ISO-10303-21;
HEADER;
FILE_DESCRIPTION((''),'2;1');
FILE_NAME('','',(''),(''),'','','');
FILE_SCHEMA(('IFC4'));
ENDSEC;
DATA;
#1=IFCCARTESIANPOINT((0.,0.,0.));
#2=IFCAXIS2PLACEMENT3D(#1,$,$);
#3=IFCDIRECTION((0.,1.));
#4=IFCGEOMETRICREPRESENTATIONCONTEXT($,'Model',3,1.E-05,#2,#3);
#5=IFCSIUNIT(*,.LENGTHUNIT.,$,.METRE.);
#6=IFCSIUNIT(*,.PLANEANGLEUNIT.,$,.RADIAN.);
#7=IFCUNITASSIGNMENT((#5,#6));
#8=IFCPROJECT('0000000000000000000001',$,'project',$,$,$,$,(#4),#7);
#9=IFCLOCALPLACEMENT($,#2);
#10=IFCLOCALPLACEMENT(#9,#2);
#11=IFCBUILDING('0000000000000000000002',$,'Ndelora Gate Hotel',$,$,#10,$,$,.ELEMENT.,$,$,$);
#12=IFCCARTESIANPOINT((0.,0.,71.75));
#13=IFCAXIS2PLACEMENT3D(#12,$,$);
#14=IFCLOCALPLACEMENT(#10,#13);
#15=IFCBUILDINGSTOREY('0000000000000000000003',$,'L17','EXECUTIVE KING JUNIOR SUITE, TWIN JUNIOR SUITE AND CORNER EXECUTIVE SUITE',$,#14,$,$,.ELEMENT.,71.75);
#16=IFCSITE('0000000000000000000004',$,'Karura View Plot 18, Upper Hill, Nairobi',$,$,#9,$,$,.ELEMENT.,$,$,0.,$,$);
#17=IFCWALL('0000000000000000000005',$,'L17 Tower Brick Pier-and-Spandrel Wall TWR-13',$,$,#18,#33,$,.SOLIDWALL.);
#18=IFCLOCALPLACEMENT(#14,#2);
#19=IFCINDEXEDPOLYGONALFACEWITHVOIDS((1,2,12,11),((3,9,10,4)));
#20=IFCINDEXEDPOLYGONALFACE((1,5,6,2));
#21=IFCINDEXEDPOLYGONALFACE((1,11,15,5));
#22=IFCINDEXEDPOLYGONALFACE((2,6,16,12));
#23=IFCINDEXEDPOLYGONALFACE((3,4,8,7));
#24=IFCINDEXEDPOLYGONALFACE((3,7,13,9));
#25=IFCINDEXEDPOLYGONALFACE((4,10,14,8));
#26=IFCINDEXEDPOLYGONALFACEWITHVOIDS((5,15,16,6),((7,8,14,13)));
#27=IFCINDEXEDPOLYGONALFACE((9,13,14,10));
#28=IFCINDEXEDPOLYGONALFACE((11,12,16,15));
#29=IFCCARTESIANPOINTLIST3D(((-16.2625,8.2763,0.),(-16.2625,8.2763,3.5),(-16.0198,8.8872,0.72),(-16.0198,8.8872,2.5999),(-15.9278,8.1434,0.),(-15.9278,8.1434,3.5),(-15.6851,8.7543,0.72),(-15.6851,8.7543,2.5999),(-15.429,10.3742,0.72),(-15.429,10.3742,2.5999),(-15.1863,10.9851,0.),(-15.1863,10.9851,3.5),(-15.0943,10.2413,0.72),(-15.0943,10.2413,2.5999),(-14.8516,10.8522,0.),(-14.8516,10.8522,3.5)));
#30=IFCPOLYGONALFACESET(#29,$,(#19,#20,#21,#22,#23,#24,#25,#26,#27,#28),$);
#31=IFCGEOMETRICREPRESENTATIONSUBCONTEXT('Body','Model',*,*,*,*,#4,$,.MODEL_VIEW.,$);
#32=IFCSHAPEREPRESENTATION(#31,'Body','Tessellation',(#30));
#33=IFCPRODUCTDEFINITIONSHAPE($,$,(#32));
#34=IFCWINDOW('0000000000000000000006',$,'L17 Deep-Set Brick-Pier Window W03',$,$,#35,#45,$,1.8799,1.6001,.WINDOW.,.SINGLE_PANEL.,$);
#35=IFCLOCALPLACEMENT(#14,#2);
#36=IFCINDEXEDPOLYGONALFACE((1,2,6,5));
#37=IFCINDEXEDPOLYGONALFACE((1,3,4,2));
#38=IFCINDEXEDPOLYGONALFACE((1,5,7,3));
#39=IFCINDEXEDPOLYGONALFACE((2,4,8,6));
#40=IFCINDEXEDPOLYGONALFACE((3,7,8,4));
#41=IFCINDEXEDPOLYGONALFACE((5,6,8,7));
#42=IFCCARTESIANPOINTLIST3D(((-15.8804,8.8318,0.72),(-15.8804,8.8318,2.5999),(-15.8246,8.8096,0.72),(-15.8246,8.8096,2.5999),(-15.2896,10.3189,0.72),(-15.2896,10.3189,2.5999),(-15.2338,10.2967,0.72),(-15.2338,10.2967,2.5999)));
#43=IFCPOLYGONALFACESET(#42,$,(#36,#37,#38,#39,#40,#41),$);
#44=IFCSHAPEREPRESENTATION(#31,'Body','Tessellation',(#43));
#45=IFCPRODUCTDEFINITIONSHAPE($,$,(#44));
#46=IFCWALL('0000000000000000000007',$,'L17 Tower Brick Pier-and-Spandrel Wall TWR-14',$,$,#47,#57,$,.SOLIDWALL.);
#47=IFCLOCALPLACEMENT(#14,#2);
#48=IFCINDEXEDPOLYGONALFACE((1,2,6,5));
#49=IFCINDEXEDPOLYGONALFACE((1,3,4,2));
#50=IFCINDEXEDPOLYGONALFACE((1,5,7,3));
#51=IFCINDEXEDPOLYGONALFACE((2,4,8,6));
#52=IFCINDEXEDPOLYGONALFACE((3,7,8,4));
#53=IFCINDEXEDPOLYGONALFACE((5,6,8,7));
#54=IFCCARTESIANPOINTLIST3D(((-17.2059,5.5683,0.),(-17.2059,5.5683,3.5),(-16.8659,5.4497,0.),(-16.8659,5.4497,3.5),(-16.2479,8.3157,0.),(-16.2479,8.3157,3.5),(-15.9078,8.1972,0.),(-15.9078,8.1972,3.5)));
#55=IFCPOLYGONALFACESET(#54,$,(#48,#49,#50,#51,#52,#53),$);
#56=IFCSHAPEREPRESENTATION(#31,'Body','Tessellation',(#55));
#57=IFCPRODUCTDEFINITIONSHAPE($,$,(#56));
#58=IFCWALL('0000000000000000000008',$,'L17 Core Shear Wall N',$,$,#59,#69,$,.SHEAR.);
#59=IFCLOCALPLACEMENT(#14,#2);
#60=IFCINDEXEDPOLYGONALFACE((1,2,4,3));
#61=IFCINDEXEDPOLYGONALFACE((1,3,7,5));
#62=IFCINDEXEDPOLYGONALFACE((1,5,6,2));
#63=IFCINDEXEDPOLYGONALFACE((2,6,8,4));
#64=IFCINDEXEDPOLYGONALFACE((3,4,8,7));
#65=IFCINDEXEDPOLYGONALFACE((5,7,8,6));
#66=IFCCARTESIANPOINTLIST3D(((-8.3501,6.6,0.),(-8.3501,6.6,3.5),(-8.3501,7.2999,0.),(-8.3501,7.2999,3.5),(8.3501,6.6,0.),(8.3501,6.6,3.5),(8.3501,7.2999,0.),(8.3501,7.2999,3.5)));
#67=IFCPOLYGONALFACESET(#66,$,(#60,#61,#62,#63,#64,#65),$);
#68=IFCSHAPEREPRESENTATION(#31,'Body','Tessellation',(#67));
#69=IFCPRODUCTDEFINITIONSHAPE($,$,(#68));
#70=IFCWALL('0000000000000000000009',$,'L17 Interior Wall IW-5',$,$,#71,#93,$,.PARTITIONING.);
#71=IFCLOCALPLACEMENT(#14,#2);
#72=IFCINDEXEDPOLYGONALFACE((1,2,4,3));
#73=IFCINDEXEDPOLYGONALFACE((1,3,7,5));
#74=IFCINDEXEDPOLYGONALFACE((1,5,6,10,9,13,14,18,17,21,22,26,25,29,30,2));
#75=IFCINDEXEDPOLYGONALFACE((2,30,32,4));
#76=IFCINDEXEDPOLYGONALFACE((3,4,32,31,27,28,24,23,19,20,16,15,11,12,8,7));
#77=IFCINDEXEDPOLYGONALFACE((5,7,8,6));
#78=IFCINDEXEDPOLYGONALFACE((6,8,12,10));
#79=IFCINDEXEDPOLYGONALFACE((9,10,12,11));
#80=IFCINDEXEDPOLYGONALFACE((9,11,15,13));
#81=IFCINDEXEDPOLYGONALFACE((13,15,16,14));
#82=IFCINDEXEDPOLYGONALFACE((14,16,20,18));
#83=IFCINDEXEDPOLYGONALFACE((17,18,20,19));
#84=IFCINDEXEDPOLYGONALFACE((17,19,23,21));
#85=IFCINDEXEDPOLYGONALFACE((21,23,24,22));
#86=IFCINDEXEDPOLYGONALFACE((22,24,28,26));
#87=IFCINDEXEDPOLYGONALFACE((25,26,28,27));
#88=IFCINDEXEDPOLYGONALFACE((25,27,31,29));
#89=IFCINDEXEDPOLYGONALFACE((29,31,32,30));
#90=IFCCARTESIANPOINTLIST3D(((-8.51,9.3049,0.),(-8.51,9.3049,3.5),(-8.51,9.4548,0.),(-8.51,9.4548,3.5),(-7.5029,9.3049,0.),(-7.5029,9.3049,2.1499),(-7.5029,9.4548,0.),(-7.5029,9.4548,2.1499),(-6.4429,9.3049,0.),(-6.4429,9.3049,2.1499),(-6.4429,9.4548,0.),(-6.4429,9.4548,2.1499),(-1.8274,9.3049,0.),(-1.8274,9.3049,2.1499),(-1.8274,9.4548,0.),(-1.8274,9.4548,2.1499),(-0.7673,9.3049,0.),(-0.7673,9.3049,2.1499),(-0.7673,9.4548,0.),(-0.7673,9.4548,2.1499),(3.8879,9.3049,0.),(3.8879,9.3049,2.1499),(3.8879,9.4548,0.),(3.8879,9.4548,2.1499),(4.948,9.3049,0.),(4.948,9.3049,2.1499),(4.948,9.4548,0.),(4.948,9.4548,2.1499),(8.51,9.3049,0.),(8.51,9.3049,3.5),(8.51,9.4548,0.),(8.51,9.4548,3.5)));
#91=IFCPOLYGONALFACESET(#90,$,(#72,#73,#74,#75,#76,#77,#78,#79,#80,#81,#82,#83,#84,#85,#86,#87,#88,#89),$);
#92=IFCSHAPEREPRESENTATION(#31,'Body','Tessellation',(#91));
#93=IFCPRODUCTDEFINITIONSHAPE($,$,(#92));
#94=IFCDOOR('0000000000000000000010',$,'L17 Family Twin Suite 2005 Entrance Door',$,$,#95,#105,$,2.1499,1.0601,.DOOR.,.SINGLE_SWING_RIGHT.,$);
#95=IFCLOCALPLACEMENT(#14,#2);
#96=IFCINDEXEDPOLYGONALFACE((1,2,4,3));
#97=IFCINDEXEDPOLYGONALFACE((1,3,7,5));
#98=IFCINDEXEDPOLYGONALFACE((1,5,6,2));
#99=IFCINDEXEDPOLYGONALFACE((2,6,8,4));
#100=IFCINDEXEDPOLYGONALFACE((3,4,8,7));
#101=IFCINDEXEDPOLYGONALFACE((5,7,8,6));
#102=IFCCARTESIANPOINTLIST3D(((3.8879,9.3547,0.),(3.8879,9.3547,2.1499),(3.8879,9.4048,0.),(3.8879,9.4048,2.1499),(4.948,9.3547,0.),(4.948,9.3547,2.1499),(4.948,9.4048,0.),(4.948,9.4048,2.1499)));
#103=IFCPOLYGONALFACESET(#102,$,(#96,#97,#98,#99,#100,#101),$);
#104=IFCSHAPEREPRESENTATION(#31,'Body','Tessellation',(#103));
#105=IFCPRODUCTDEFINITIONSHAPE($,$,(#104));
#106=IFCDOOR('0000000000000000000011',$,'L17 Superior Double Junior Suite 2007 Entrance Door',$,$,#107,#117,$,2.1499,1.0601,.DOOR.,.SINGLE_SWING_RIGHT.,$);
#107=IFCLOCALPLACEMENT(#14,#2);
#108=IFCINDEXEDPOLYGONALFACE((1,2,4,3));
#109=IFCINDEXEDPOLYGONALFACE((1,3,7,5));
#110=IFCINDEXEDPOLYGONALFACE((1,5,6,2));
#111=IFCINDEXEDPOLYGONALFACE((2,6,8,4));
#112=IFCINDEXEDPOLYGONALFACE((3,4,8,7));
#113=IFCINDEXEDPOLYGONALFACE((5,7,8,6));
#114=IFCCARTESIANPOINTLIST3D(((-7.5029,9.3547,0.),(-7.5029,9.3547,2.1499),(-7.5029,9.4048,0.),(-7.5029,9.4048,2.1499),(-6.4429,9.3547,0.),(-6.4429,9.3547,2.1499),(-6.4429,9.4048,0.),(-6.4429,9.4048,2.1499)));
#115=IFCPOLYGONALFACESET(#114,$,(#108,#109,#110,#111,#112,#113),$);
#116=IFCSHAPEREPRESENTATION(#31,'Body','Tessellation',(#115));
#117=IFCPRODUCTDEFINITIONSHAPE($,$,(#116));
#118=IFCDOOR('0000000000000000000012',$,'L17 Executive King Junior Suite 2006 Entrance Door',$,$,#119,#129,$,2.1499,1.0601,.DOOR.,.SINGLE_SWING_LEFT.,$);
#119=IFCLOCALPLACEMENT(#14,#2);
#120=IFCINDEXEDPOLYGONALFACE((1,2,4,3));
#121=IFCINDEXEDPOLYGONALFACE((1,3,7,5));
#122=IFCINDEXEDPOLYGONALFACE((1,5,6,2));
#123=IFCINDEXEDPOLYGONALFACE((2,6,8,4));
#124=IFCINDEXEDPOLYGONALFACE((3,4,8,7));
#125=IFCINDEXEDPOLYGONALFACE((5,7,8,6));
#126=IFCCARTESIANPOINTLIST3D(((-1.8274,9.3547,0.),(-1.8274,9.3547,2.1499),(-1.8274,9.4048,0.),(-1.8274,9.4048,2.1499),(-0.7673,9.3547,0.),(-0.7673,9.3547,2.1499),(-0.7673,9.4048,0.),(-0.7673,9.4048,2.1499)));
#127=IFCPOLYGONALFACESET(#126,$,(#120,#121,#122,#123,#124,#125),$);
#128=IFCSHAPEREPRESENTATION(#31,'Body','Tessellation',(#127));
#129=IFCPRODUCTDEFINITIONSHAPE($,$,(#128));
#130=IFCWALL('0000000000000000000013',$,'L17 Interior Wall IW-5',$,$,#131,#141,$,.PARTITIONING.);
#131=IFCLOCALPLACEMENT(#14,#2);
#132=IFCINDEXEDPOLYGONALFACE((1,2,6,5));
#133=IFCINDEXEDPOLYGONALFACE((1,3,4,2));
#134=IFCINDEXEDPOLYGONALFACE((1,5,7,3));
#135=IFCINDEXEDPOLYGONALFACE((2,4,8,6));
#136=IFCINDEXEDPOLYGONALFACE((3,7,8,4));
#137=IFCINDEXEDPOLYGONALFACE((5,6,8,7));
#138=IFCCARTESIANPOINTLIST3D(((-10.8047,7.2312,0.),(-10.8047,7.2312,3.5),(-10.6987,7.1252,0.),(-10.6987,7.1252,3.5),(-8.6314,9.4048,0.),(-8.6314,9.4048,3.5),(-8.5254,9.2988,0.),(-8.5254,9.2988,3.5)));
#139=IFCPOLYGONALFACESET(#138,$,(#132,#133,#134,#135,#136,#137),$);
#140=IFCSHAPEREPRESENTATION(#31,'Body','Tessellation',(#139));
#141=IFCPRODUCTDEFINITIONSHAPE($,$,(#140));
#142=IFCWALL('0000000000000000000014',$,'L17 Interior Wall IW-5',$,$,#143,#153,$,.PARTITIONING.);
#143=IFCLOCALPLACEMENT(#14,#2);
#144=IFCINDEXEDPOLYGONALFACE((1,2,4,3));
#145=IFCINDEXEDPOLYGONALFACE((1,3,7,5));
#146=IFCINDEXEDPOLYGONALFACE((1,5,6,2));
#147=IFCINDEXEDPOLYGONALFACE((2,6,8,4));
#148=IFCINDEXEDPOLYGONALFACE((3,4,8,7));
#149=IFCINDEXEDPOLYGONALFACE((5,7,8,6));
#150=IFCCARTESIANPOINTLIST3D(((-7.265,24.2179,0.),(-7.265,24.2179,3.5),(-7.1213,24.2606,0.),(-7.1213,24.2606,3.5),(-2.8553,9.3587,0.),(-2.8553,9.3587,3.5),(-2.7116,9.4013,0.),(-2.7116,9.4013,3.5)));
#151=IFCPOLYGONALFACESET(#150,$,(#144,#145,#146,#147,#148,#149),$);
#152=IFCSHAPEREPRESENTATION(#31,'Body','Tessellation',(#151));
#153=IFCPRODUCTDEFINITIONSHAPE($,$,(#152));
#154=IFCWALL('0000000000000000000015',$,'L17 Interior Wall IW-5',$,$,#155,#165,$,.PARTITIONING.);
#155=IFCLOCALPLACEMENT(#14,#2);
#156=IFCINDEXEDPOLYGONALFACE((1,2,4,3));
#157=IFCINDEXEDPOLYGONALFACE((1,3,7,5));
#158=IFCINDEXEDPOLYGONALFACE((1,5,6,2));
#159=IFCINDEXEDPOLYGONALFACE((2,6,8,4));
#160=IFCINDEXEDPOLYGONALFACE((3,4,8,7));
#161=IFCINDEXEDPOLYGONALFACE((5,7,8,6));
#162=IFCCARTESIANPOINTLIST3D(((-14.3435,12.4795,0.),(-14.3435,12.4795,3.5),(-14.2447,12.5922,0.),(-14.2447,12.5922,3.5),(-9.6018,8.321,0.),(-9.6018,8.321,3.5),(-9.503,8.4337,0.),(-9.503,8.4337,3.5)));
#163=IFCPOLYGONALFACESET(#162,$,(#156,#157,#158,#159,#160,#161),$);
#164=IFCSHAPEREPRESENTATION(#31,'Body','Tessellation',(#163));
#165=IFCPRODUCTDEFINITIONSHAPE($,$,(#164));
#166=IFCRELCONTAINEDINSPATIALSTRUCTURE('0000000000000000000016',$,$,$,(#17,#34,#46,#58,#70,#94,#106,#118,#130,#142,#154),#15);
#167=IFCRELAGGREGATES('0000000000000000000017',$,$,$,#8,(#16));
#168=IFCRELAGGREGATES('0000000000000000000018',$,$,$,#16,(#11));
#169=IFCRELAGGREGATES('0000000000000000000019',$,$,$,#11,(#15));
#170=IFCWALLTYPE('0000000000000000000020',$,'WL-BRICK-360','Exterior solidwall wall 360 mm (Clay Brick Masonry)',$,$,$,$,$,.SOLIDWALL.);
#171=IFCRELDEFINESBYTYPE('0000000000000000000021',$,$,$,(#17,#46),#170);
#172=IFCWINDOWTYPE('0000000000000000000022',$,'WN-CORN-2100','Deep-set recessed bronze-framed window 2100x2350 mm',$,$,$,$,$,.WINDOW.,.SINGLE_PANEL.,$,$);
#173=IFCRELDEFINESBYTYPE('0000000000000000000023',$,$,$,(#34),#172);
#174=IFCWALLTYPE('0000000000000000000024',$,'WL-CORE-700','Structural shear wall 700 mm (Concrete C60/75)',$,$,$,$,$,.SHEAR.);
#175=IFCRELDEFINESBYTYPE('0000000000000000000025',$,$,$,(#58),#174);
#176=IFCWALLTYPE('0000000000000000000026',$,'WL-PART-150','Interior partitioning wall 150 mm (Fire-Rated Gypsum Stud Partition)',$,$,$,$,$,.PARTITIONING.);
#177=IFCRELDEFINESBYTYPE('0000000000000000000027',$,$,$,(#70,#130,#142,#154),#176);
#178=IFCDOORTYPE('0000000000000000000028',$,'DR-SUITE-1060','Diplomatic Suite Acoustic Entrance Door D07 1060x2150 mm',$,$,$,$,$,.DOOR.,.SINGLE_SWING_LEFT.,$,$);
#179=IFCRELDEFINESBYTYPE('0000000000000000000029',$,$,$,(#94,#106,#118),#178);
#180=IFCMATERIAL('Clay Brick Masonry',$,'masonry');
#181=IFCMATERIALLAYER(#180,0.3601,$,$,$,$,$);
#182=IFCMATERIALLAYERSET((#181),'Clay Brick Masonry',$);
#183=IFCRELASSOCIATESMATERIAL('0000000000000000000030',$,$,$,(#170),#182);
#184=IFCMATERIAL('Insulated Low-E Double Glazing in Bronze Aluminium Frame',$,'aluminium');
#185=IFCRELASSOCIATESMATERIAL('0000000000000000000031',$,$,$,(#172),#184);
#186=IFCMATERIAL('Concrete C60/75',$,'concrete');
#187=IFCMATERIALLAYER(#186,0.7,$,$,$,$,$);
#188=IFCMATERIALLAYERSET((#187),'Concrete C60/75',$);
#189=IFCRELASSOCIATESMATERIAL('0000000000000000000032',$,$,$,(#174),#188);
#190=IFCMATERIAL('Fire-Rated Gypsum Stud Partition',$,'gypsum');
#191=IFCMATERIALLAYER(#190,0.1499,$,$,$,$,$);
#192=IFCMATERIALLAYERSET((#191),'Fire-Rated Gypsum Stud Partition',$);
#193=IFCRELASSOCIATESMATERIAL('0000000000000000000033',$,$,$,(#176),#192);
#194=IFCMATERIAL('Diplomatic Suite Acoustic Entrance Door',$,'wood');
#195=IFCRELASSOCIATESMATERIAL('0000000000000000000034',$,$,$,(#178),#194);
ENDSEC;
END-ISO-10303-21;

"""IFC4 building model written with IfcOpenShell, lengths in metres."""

from ifc_helpers import new_model, si_unit, direction, frame, frame_2d, origin, place, context, subcontext, project, spatial, rectangle, extrude, material, layer, layer_set, type_object, element, fill, save


model = new_model("IFC4")

# Units and contexts
model_context = context("Model", 3, precision=1e-05, world=origin(), true_north=direction((0.0, 1.0)))
body_context = subcontext(model_context, "Body", "Model", "MODEL_VIEW")
ifc_project = project(units=[si_unit("LENGTHUNIT", "METRE"), si_unit("PLANEANGLEUNIT", "RADIAN")], contexts=[model_context])

# Site, building, storey
site_placement = place(None, origin())
site = spatial("IfcSite", under=ifc_project, at=site_placement, Name="Karura View Plot 18, Upper Hill, Nairobi", CompositionType="ELEMENT", RefElevation=0.0)
building_placement = place(site_placement, origin())
building = spatial("IfcBuilding", under=site, at=building_placement, Name="Ndelora Gate Hotel", CompositionType="ELEMENT")
storey_placement = place(building_placement, frame((0.0, 0.0, 71.75)))
storey = spatial("IfcBuildingStorey", under=building, at=storey_placement, Name="L17", Description="EXECUTIVE KING JUNIOR SUITE, TWIN JUNIOR SUITE AND CORNER EXECUTIVE SUITE", CompositionType="ELEMENT", Elevation=71.75)

# Shared definitions
ifc_material_1 = material(Name="Concrete C60/75", Category="concrete")

# Shared definitions
ifc_material_2 = material(Name="Clay Brick Masonry", Category="masonry")
ifc_layer_1 = layer(ifc_material_2, 0.3601)
ifc_layer_set_1 = layer_set([ifc_layer_1], Name="Clay Brick Masonry")
wall_type_1 = type_object("IfcWallType", Name="WL-BRICK-360", Description="Exterior solidwall wall 360 mm (Clay Brick Masonry)", PredefinedType="SOLIDWALL", material=ifc_layer_set_1)
ifc_material_3 = material(Name="Insulated Low-E Double Glazing in Bronze Aluminium Frame", Category="aluminium")

# Wall, opening, window
wall_1_placement = place(storey_placement, frame((-16.0952, 8.2097, 0.0), z_axis=(0.0, 0.0, 1.0), x_axis=(0.369223, 0.929341, 0.0)))
wall_1 = element("IfcWall", 1, at=wall_1_placement, inside=storey, type_object=wall_type_1, Name="L17 Tower Brick Pier-and-Spandrel Wall TWR-13", PredefinedType="SOLIDWALL", context=body_context, shape_type="SweptSolid", body=[
    extrude(rectangle(XDim=2.9148, YDim=0.3601, at=frame_2d((1.4575, 0.0))), origin(), (0.0, 0.0, 1.0), 3.5),
])
opening_1_placement = place(wall_1_placement, frame((0.6575, 0.0, 0.72)))
opening_1 = element("IfcOpeningElement", 2, at=opening_1_placement, cuts=wall_1, PredefinedType="OPENING", context=body_context, shape_type="SweptSolid", body=[
    extrude(rectangle(XDim=1.6001, YDim=1.8799, at=frame_2d((0.8, 0.9399))), frame((0.0, 0.1899, 0.0), z_axis=(0.0, -1.0, 0.0), x_axis=(1.0, 0.0, 0.0)), (0.0, 0.0, 1.0), 0.3801),
])
window_type_1 = type_object("IfcWindowType", Name="WN-CORN-2100", Description="Deep-set recessed bronze-framed window 2100x2350 mm", PartitioningType="SINGLE_PANEL", PredefinedType="WINDOW", material=ifc_material_3)
window_1_placement = place(opening_1_placement, origin())
window_1 = element("IfcWindow", 3, at=window_1_placement, inside=storey, type_object=window_type_1, Name="L17 Deep-Set Brick-Pier Window W03", OverallHeight=1.8799, OverallWidth=1.6001, PartitioningType="SINGLE_PANEL", PredefinedType="WINDOW", context=body_context, shape_type="SweptSolid", body=[
    extrude(rectangle(XDim=1.6001, YDim=1.8799, at=frame_2d((0.8, 0.9399))), frame((0.0, 0.03, 0.0), z_axis=(0.0, -1.0, 0.0), x_axis=(1.0, 0.0, 0.0)), (0.0, 0.0, 1.0), 0.0601),
])
fill(opening_1, window_1)

# Walls
wall_2_placement = place(storey_placement, frame((-17.0359, 5.509, 0.0), z_axis=(0.0, 0.0, 1.0), x_axis=(0.329263, 0.944238, 0.0)))
element("IfcWall", 4, at=wall_2_placement, inside=storey, type_object=wall_type_1, Name="L17 Tower Brick Pier-and-Spandrel Wall TWR-14", PredefinedType="SOLIDWALL", context=body_context, shape_type="SweptSolid", body=[
    extrude(rectangle(XDim=2.9097, YDim=0.3601, at=frame_2d((1.4548, 0.0))), origin(), (0.0, 0.0, 1.0), 3.5),
])
ifc_layer_2 = layer(ifc_material_1, 0.7)
ifc_layer_set_2 = layer_set([ifc_layer_2], Name="Concrete C60/75")
wall_type_2 = type_object("IfcWallType", Name="WL-CORE-700", Description="Structural shear wall 700 mm (Concrete C60/75)", PredefinedType="SHEAR", material=ifc_layer_set_2)
wall_3_placement = place(storey_placement, frame((-8.3501, 6.95, 0.0), z_axis=(0.0, 0.0, 1.0), x_axis=(1.0, 0.0, 0.0)))
element("IfcWall", 5, at=wall_3_placement, inside=storey, type_object=wall_type_2, Name="L17 Core Shear Wall N", PredefinedType="SHEAR", context=body_context, shape_type="SweptSolid", body=[
    extrude(rectangle(XDim=16.7002, YDim=0.7, at=frame_2d((8.3501, 0.0))), origin(), (0.0, 0.0, 1.0), 3.5),
])

# Wall, openings, doors
ifc_material_4 = material(Name="Fire-Rated Gypsum Stud Partition", Category="gypsum")
ifc_layer_3 = layer(ifc_material_4, 0.1499)
ifc_layer_set_3 = layer_set([ifc_layer_3], Name="Fire-Rated Gypsum Stud Partition")
wall_type_3 = type_object("IfcWallType", Name="WL-PART-150", Description="Interior partitioning wall 150 mm (Fire-Rated Gypsum Stud Partition)", PredefinedType="PARTITIONING", material=ifc_layer_set_3)
wall_4_placement = place(storey_placement, frame((-8.51, 9.3799, 0.0), z_axis=(0.0, 0.0, 1.0), x_axis=(1.0, 0.0, 0.0)))
wall_4 = element("IfcWall", 6, at=wall_4_placement, inside=storey, type_object=wall_type_3, Name="L17 Interior Wall IW-5", PredefinedType="PARTITIONING", context=body_context, shape_type="SweptSolid", body=[
    extrude(rectangle(XDim=17.02, YDim=0.1499, at=frame_2d((8.51, 0.0))), origin(), (0.0, 0.0, 1.0), 3.5),
])
opening_2_placement = place(wall_4_placement, frame((12.3979, 0.0, 0.0)))
opening_2 = element("IfcOpeningElement", 7, at=opening_2_placement, cuts=wall_4, PredefinedType="OPENING", context=body_context, shape_type="SweptSolid", body=[
    extrude(rectangle(XDim=1.0601, YDim=2.1499, at=frame_2d((0.53, 1.075))), frame((0.0, 0.085, 0.0), z_axis=(0.0, -1.0, 0.0), x_axis=(1.0, 0.0, 0.0)), (0.0, 0.0, 1.0), 0.1699),
])
opening_3_placement = place(wall_4_placement, frame((1.0071, 0.0, 0.0)))
opening_3 = element("IfcOpeningElement", 8, at=opening_3_placement, cuts=wall_4, PredefinedType="OPENING", context=body_context, shape_type="SweptSolid", body=[
    extrude(rectangle(XDim=1.0601, YDim=2.1499, at=frame_2d((0.53, 1.075))), frame((0.0, 0.085, 0.0), z_axis=(0.0, -1.0, 0.0), x_axis=(1.0, 0.0, 0.0)), (0.0, 0.0, 1.0), 0.1699),
])
opening_4_placement = place(wall_4_placement, frame((6.6826, 0.0, 0.0)))
opening_4 = element("IfcOpeningElement", 9, at=opening_4_placement, cuts=wall_4, PredefinedType="OPENING", context=body_context, shape_type="SweptSolid", body=[
    extrude(rectangle(XDim=1.0601, YDim=2.1499, at=frame_2d((0.53, 1.075))), frame((0.0, 0.085, 0.0), z_axis=(0.0, -1.0, 0.0), x_axis=(1.0, 0.0, 0.0)), (0.0, 0.0, 1.0), 0.1699),
])
ifc_material_5 = material(Name="Diplomatic Suite Acoustic Entrance Door", Category="wood")
door_type_1 = type_object("IfcDoorType", Name="DR-SUITE-1060", Description="Diplomatic Suite Acoustic Entrance Door D07 1060x2150 mm", OperationType="SINGLE_SWING_LEFT", PredefinedType="DOOR", material=ifc_material_5)
door_1_placement = place(opening_2_placement, origin())
door_1 = element("IfcDoor", 10, at=door_1_placement, inside=storey, type_object=door_type_1, Name="L17 Family Twin Suite 2005 Entrance Door", OperationType="SINGLE_SWING_RIGHT", OverallHeight=2.1499, OverallWidth=1.0601, PredefinedType="DOOR", context=body_context, shape_type="SweptSolid", body=[
    extrude(rectangle(XDim=1.0601, YDim=2.1499, at=frame_2d((0.53, 1.075))), frame((0.0, 0.0249, 0.0), z_axis=(0.0, -1.0, 0.0), x_axis=(1.0, 0.0, 0.0)), (0.0, 0.0, 1.0), 0.05),
])
fill(opening_2, door_1)
door_2_placement = place(opening_3_placement, origin())
door_2 = element("IfcDoor", 11, at=door_2_placement, inside=storey, type_object=door_type_1, Name="L17 Superior Double Junior Suite 2007 Entrance Door", OperationType="SINGLE_SWING_RIGHT", OverallHeight=2.1499, OverallWidth=1.0601, PredefinedType="DOOR", context=body_context, shape_type="SweptSolid", body=[
    extrude(rectangle(XDim=1.0601, YDim=2.1499, at=frame_2d((0.53, 1.075))), frame((0.0, 0.0249, 0.0), z_axis=(0.0, -1.0, 0.0), x_axis=(1.0, 0.0, 0.0)), (0.0, 0.0, 1.0), 0.05),
])
fill(opening_3, door_2)
door_3_placement = place(opening_4_placement, origin())
door_3 = element("IfcDoor", 12, at=door_3_placement, inside=storey, type_object=door_type_1, Name="L17 Executive King Junior Suite 2006 Entrance Door", OperationType="SINGLE_SWING_LEFT", OverallHeight=2.1499, OverallWidth=1.0601, PredefinedType="DOOR", context=body_context, shape_type="SweptSolid", body=[
    extrude(rectangle(XDim=1.0601, YDim=2.1499, at=frame_2d((0.53, 1.075))), frame((0.0, 0.0249, 0.0), z_axis=(0.0, -1.0, 0.0), x_axis=(1.0, 0.0, 0.0)), (0.0, 0.0, 1.0), 0.05),
])
fill(opening_4, door_3)

# Walls
wall_5_placement = place(storey_placement, frame((-10.7517, 7.1782, 0.0), z_axis=(0.0, 0.0, 1.0), x_axis=(0.707067, 0.707146, 0.0)))
element("IfcWall", 13, at=wall_5_placement, inside=storey, type_object=wall_type_3, Name="L17 Interior Wall IW-5", PredefinedType="PARTITIONING", context=body_context, shape_type="SweptSolid", body=[
    extrude(rectangle(XDim=3.0737, YDim=0.1499, at=frame_2d((1.5369, 0.0))), origin(), (0.0, 0.0, 1.0), 3.5),
])
wall_6_placement = place(storey_placement, frame((-2.7834, 9.3799, 0.0), z_axis=(0.0, 0.0, 1.0), x_axis=(-0.284497, 0.958677, 0.0)))
element("IfcWall", 14, at=wall_6_placement, inside=storey, type_object=wall_type_3, Name="L17 Interior Wall IW-5", PredefinedType="PARTITIONING", context=body_context, shape_type="SweptSolid", body=[
    extrude(rectangle(XDim=15.4998, YDim=0.1499, at=frame_2d((7.75, 0.0))), origin(), (0.0, 0.0, 1.0), 3.5),
])
wall_7_placement = place(storey_placement, frame((-9.5525, 8.3774, 0.0), z_axis=(0.0, 0.0, 1.0), x_axis=(-0.751833, 0.659354, 0.0)))
element("IfcWall", 15, at=wall_7_placement, inside=storey, type_object=wall_type_3, Name="L17 Interior Wall IW-5", PredefinedType="PARTITIONING", context=body_context, shape_type="SweptSolid", body=[
    extrude(rectangle(XDim=6.3069, YDim=0.1499, at=frame_2d((3.1533, 0.0))), origin(), (0.0, 0.0, 1.0), 3.5),
])

save(model, "model.ifc")
